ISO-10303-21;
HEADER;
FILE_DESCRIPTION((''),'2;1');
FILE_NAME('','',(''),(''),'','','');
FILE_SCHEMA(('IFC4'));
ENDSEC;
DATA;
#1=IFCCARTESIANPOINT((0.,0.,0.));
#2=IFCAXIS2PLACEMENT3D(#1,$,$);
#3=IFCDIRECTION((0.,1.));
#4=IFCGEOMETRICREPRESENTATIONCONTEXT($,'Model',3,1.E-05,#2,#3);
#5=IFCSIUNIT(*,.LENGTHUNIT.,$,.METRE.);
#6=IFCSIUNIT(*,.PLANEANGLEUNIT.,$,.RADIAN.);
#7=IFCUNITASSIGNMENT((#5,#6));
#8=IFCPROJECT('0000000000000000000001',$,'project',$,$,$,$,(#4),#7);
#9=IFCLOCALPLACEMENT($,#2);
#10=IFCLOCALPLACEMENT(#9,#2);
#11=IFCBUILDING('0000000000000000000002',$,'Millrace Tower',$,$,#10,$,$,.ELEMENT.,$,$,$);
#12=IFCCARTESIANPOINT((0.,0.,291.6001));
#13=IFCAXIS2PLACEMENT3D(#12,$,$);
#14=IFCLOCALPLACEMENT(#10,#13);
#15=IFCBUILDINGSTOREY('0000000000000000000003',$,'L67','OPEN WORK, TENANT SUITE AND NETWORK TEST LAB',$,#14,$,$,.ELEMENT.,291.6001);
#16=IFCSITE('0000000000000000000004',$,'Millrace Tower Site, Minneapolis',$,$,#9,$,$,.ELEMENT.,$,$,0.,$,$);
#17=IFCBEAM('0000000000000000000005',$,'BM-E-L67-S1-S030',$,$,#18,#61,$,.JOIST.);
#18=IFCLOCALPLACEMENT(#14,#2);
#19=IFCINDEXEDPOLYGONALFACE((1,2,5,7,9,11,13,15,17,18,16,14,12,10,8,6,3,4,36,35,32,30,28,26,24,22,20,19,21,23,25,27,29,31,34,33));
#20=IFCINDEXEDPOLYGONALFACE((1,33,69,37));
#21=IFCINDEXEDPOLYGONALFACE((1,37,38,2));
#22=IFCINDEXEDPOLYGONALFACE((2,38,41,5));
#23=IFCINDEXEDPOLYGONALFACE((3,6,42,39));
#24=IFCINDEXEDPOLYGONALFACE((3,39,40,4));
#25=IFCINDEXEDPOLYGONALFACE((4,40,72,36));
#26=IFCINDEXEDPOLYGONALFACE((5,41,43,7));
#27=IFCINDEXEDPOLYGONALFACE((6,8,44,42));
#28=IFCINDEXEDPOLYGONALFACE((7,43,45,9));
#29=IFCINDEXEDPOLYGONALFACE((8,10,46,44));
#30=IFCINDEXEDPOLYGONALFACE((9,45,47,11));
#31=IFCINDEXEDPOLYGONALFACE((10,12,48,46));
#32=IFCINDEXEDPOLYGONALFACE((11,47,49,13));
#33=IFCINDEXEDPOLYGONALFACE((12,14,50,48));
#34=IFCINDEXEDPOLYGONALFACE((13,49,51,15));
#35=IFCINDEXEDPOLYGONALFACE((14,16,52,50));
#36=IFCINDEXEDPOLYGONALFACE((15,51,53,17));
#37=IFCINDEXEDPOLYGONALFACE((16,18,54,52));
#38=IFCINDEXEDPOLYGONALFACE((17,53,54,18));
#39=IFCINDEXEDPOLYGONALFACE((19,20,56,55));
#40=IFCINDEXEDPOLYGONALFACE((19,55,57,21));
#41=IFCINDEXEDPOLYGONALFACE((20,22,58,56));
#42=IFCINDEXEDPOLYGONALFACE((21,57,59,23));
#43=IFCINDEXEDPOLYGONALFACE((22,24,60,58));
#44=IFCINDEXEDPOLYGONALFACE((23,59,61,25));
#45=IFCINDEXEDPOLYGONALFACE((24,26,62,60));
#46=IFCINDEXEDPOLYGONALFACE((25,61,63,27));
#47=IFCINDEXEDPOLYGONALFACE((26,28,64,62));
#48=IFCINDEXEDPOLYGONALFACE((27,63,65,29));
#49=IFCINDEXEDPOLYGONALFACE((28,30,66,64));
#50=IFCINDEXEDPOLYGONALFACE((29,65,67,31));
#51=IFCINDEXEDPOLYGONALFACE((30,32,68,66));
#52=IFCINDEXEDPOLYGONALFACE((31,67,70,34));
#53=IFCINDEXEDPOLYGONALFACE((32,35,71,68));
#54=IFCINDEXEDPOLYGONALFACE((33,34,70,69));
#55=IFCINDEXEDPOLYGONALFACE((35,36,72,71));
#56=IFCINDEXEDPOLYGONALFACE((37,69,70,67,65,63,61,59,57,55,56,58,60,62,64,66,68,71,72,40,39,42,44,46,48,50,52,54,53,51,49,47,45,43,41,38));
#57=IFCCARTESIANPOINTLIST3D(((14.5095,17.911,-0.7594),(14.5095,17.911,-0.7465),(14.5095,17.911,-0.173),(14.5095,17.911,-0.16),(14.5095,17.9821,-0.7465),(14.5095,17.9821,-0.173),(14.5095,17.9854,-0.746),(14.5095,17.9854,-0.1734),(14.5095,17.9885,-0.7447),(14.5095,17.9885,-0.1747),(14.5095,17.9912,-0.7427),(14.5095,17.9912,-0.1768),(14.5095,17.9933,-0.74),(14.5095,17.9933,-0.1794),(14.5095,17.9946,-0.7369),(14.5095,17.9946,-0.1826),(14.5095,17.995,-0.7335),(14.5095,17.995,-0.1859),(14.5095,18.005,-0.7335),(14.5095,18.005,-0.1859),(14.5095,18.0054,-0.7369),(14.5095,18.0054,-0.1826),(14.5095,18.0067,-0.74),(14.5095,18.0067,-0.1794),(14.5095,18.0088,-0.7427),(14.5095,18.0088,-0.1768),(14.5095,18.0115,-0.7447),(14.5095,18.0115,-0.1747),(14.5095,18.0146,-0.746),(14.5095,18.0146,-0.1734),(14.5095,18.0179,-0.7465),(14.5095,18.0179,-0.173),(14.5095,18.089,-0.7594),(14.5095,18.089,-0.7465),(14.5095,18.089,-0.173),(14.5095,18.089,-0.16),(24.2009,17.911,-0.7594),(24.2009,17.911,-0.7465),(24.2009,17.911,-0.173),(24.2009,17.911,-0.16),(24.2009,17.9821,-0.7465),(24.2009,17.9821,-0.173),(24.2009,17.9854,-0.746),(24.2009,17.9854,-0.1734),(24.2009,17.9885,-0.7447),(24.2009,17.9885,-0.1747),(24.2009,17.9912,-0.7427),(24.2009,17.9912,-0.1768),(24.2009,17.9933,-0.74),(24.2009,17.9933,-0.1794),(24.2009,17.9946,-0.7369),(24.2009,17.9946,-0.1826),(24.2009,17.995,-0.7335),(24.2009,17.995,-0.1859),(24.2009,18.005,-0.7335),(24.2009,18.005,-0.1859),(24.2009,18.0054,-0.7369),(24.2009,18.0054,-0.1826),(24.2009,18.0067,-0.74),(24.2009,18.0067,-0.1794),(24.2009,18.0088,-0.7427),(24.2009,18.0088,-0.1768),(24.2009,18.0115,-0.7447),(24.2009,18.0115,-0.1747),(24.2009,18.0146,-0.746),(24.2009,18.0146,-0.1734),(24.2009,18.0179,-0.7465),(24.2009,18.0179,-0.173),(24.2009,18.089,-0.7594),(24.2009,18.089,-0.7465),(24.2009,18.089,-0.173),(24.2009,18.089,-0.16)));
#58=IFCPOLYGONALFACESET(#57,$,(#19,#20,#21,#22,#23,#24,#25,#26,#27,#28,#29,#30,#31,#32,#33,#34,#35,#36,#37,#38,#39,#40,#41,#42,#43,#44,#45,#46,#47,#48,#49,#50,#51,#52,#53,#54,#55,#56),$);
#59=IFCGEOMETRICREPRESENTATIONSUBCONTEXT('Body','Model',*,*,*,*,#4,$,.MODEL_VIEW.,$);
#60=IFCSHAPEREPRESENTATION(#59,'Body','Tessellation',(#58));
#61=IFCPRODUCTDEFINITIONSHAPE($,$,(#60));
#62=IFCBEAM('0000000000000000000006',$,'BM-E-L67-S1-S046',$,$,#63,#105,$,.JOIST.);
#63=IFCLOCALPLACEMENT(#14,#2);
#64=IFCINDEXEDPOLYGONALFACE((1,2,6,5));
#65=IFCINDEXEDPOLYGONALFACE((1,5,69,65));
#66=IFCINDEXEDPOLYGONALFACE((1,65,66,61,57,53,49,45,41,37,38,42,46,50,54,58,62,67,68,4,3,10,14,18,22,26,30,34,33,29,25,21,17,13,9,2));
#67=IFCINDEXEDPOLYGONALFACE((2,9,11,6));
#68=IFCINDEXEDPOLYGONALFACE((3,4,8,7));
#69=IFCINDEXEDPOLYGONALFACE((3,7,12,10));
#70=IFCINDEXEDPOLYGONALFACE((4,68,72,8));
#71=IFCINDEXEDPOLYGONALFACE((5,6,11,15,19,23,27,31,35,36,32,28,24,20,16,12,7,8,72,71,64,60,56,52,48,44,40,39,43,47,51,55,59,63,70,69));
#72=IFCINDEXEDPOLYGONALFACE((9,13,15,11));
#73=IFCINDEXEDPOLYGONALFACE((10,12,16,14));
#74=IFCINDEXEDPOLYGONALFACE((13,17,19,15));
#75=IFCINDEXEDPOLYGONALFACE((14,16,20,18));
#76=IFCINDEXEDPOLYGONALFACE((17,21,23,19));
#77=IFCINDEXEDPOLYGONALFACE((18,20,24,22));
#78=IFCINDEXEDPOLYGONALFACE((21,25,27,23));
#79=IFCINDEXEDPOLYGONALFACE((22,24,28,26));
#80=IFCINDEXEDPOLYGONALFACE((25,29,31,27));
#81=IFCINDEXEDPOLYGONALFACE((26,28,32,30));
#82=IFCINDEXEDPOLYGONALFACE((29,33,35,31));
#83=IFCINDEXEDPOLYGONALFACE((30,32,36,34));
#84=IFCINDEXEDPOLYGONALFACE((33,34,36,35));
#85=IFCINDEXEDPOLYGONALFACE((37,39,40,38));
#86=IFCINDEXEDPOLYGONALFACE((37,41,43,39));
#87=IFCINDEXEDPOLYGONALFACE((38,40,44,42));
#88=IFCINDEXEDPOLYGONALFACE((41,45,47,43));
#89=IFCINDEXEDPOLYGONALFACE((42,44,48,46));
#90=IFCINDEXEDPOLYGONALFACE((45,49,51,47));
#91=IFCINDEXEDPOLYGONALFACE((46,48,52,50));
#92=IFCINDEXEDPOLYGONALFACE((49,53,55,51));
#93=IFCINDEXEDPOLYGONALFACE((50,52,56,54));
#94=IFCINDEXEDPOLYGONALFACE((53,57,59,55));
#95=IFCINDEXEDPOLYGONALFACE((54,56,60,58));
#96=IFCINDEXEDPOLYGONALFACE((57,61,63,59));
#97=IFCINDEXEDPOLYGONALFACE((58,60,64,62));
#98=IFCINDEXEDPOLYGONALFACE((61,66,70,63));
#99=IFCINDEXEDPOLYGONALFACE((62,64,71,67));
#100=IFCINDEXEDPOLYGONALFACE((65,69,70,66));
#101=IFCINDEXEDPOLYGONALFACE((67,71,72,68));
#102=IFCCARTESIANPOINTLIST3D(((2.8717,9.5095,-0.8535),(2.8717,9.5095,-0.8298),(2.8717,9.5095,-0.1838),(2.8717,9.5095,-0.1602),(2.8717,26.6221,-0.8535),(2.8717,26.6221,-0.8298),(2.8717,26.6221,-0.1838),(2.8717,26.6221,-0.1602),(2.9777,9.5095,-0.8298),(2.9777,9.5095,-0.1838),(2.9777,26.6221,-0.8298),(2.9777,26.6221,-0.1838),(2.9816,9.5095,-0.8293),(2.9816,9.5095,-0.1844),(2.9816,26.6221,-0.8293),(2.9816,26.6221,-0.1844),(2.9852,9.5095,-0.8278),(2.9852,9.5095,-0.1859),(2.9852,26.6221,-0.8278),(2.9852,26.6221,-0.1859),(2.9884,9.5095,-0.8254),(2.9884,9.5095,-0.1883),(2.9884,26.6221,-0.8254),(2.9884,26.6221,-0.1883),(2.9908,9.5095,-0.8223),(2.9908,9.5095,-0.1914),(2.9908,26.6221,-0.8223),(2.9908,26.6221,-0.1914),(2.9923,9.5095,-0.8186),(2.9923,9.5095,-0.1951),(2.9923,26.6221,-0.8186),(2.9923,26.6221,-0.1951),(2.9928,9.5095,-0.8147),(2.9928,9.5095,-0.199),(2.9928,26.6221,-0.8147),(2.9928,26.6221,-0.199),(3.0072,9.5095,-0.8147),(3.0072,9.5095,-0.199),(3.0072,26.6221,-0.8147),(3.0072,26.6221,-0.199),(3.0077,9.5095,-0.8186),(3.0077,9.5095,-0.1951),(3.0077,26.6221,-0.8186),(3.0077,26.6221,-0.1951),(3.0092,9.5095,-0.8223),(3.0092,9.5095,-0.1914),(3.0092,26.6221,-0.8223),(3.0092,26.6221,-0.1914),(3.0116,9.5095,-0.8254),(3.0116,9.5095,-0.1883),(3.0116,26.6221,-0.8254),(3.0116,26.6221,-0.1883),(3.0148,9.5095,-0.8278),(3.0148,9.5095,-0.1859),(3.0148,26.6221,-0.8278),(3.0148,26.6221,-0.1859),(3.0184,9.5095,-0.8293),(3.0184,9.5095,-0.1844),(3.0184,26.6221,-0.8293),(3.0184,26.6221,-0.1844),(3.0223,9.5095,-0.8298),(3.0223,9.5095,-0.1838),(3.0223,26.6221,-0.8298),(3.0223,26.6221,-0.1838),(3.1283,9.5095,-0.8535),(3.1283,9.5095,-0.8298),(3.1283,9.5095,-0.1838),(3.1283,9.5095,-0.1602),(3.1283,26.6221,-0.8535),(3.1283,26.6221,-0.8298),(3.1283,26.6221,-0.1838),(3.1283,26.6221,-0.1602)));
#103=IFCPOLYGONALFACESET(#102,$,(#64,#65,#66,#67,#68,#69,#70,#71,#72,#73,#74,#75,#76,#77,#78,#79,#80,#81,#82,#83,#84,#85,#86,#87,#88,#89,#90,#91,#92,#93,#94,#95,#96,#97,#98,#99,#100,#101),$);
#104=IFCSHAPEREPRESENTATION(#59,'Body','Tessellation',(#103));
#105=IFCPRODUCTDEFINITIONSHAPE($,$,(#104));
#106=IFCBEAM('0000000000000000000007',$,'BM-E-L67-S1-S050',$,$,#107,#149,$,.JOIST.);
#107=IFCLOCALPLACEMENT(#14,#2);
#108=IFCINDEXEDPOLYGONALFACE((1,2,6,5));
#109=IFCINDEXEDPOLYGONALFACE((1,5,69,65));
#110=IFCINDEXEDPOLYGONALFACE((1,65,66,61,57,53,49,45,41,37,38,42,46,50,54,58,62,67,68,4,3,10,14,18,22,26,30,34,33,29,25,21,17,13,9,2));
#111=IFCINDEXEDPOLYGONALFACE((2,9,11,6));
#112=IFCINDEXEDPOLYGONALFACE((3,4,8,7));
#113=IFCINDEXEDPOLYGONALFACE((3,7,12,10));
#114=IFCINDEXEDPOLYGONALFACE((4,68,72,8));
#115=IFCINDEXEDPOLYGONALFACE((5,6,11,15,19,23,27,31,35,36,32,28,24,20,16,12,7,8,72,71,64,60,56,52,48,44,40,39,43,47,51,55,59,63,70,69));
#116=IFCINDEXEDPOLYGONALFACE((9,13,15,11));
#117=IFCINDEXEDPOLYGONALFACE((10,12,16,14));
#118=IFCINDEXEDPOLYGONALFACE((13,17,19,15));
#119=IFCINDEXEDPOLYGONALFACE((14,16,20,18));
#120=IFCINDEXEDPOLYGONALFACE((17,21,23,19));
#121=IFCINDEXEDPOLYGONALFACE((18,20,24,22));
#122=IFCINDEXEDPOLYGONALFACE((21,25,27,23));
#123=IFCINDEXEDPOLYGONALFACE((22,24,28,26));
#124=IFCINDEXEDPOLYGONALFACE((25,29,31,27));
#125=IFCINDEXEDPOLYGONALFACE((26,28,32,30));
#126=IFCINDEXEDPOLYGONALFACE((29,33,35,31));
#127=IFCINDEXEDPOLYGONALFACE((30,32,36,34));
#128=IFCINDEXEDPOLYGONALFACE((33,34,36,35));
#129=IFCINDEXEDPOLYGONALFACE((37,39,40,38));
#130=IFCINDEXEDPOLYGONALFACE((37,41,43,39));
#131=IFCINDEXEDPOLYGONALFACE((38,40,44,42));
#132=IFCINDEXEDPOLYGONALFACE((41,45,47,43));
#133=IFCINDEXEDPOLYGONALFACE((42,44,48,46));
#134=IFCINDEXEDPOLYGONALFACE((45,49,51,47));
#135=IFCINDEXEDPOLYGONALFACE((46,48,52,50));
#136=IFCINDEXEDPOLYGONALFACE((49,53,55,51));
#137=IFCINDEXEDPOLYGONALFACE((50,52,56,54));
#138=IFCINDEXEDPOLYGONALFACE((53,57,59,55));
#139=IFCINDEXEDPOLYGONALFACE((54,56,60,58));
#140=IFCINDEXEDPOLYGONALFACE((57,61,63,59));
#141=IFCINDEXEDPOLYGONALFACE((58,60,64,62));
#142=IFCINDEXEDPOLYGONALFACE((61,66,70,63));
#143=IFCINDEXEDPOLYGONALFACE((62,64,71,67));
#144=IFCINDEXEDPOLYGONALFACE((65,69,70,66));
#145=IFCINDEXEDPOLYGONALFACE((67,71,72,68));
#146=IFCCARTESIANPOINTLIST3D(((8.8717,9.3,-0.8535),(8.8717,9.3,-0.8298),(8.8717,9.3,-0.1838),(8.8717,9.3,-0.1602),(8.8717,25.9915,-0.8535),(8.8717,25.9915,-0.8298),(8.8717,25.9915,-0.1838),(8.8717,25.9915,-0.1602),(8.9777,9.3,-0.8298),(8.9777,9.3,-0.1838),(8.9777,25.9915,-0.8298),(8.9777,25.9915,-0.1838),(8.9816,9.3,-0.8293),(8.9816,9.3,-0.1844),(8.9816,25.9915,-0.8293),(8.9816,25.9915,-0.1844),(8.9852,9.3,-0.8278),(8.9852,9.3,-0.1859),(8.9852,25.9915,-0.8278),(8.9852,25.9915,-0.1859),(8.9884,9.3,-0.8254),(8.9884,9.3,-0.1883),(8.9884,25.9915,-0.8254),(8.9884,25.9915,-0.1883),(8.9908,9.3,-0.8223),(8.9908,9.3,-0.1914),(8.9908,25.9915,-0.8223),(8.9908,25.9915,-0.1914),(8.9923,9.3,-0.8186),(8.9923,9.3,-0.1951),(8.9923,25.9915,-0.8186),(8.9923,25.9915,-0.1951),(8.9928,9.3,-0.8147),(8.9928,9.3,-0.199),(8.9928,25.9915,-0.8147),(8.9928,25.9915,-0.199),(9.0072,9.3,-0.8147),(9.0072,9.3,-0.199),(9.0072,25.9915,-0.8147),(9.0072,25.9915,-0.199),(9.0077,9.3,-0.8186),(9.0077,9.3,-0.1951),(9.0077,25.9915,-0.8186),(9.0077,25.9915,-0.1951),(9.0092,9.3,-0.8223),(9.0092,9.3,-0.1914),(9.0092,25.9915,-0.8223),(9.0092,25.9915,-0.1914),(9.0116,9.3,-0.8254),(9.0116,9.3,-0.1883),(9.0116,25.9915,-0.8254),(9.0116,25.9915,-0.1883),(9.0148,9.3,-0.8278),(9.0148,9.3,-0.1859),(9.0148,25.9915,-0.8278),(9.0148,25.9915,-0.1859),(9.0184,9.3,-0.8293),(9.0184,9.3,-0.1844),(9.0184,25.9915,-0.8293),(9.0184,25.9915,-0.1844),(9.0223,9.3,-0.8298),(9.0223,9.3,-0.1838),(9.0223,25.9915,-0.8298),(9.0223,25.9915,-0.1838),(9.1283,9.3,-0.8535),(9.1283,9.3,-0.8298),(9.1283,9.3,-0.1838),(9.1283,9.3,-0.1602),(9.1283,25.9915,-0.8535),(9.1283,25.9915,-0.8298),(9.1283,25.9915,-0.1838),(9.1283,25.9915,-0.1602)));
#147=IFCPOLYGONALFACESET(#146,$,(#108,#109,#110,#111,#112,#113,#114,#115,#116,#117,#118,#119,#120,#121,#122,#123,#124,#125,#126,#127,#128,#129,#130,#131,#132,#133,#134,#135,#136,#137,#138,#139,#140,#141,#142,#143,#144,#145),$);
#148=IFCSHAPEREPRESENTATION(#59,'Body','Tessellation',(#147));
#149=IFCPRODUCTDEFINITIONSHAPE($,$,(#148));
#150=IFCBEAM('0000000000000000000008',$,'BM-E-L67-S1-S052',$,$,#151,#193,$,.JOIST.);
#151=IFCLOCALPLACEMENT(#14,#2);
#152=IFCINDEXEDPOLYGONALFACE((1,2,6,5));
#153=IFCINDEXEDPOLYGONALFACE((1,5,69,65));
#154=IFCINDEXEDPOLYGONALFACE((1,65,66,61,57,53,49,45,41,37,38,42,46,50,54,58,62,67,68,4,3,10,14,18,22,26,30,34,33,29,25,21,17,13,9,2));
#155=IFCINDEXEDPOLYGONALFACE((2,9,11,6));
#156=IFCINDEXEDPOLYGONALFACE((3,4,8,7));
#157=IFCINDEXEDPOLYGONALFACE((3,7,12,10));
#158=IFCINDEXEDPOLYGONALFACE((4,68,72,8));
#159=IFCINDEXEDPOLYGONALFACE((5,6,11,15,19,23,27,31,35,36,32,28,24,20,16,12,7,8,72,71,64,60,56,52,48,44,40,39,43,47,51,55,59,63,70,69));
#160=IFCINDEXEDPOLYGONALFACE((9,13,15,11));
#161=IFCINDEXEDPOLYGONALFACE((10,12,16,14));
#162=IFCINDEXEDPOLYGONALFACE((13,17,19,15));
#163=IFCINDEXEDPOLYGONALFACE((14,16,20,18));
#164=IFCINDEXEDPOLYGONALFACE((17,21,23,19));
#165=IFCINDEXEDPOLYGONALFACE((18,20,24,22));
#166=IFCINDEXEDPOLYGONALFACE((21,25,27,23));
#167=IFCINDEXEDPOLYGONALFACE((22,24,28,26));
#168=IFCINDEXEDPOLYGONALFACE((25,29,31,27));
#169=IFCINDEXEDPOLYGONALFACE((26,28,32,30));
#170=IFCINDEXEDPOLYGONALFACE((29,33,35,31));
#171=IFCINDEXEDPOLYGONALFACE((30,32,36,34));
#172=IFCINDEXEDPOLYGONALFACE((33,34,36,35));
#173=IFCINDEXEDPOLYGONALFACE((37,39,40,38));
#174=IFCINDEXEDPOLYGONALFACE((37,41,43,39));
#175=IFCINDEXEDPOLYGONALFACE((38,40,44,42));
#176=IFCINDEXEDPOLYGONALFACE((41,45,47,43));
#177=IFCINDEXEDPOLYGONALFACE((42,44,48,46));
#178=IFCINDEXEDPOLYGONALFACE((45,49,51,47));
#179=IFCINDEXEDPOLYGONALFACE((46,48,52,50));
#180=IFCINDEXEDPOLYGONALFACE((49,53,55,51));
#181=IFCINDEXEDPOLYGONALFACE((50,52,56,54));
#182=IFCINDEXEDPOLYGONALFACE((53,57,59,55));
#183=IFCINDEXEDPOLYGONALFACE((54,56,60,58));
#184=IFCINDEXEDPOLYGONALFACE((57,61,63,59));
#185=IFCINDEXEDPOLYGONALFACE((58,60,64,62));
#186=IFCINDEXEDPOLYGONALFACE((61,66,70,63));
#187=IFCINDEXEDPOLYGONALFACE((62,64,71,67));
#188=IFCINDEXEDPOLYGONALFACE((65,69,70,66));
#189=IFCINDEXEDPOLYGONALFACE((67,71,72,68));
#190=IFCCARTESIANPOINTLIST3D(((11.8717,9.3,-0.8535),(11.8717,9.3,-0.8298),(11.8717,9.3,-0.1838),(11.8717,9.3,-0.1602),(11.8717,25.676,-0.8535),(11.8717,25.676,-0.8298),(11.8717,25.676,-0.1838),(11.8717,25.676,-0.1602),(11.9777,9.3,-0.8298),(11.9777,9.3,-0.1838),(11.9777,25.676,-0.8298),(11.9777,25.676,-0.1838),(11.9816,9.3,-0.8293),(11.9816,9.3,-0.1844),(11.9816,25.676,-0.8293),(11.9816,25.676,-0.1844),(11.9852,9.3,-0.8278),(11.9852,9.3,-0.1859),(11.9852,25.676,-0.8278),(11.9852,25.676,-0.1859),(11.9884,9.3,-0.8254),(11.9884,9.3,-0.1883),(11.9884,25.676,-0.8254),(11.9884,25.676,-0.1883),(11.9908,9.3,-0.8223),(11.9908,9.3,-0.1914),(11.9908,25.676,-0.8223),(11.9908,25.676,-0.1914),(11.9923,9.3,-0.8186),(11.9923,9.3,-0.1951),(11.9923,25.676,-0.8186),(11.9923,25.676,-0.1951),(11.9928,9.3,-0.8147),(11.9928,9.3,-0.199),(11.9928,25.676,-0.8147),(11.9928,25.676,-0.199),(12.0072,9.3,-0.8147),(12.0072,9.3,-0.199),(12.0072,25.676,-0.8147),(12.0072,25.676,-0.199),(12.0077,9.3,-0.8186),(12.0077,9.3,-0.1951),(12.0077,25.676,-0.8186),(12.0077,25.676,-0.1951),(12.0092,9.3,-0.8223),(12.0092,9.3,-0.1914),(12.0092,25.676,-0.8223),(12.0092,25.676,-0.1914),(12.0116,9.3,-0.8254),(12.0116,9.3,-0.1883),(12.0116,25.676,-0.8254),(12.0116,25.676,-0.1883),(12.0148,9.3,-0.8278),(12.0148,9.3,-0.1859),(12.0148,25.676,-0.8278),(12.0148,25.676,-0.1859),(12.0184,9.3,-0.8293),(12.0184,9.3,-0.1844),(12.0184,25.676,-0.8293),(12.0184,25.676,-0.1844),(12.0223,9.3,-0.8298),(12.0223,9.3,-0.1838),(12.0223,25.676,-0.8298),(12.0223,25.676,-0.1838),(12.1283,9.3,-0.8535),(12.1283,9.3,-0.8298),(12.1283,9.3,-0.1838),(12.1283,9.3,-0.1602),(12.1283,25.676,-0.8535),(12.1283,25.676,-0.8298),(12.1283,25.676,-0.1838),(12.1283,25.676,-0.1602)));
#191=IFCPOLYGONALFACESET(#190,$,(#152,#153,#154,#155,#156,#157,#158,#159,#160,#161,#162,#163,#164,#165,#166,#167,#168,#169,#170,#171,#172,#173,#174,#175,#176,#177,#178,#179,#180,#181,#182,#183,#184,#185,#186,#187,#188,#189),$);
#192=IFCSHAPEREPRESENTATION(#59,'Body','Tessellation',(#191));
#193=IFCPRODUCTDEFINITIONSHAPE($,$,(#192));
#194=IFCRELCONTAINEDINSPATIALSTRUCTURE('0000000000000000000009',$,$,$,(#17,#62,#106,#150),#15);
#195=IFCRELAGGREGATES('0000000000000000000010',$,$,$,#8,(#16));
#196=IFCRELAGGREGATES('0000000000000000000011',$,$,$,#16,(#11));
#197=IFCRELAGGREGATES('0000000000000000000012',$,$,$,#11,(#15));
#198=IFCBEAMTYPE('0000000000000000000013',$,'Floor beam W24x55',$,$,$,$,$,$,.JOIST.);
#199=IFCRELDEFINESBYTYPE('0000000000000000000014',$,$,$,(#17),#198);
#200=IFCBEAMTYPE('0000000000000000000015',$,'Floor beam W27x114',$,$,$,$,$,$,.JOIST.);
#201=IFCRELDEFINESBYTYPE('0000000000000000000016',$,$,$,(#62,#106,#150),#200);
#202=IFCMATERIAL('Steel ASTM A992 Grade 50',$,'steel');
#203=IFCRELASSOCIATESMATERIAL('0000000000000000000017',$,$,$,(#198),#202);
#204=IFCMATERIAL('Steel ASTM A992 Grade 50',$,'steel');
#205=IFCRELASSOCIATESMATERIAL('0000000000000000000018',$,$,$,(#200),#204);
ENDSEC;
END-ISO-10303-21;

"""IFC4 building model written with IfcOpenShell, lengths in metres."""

from ifc_helpers import new_model, si_unit, direction, frame, origin, origin_2d, place, context, subcontext, project, spatial, i_section, extrude, material, material_profile, profile_set, type_object, element, save


model = new_model("IFC4")

# Units and contexts
model_context = context("Model", 3, precision=1e-05, world=origin(), true_north=direction((0.0, 1.0)))
body_context = subcontext(model_context, "Body", "Model", "MODEL_VIEW")
ifc_project = project(units=[si_unit("LENGTHUNIT", "METRE"), si_unit("PLANEANGLEUNIT", "RADIAN")], contexts=[model_context])

# Site, building, storey
site_placement = place(None, origin())
site = spatial("IfcSite", under=ifc_project, at=site_placement, Name="Millrace Tower Site, Minneapolis", CompositionType="ELEMENT", RefElevation=0.0)
building_placement = place(site_placement, origin())
building = spatial("IfcBuilding", under=site, at=building_placement, Name="Millrace Tower", CompositionType="ELEMENT")
storey_placement = place(building_placement, frame((0.0, 0.0, 291.6001)))
storey = spatial("IfcBuildingStorey", under=building, at=storey_placement, Name="L67", Description="OPEN WORK, TENANT SUITE AND NETWORK TEST LAB", CompositionType="ELEMENT", Elevation=291.6001)

# Beams
ifc_material_1 = material(Name="Steel ASTM A992 Grade 50", Category="steel")
ifc_material_profile_1 = material_profile(ifc_material_1, i_section(OverallWidth=0.178, OverallDepth=0.5994, WebThickness=0.01, FlangeThickness=0.0129, FilletRadius=0.0129, at=origin_2d()))
ifc_profile_set_1 = profile_set([ifc_material_profile_1], Name="Steel ASTM A992 Grade 50")
beam_type_1 = type_object("IfcBeamType", Name="Floor beam W24x55", PredefinedType="JOIST", material=ifc_profile_set_1)
beam_1_placement = place(storey_placement, frame((14.5095, 18.0, -0.4597), z_axis=(1.0, 0.0, 0.0), x_axis=(0.0, 1.0, 0.0)))
element("IfcBeam", 1, at=beam_1_placement, inside=storey, type_object=beam_type_1, Name="BM-E-L67-S1-S030", PredefinedType="JOIST", context=body_context, shape_type="SweptSolid", body=[
    extrude(i_section(OverallWidth=0.178, OverallDepth=0.5994, WebThickness=0.01, FlangeThickness=0.0129, FilletRadius=0.0129, at=origin_2d()), origin(), (0.0, 0.0, 1.0), 9.6914),
])
ifc_material_2 = material(Name="Steel ASTM A992 Grade 50", Category="steel")
ifc_material_profile_2 = material_profile(ifc_material_2, i_section(OverallWidth=0.2566, OverallDepth=0.6934, WebThickness=0.0144, FlangeThickness=0.0237, FilletRadius=0.0151, at=origin_2d()))
ifc_profile_set_2 = profile_set([ifc_material_profile_2], Name="Steel ASTM A992 Grade 50")
beam_type_2 = type_object("IfcBeamType", Name="Floor beam W27x114", PredefinedType="JOIST", material=ifc_profile_set_2)
beam_2_placement = place(storey_placement, frame((3.0, 9.5095, -0.5068), z_axis=(0.0, 1.0, 0.0), x_axis=(-1.0, 0.0, 0.0)))
element("IfcBeam", 2, at=beam_2_placement, inside=storey, type_object=beam_type_2, Name="BM-E-L67-S1-S046", PredefinedType="JOIST", context=body_context, shape_type="SweptSolid", body=[
    extrude(i_section(OverallWidth=0.2566, OverallDepth=0.6934, WebThickness=0.0144, FlangeThickness=0.0237, FilletRadius=0.0151, at=origin_2d()), origin(), (0.0, 0.0, 1.0), 17.1125),
])
beam_3_placement = place(storey_placement, frame((9.0, 9.3, -0.5068), z_axis=(0.0, 1.0, 0.0), x_axis=(-1.0, 0.0, 0.0)))
element("IfcBeam", 3, at=beam_3_placement, inside=storey, type_object=beam_type_2, Name="BM-E-L67-S1-S050", PredefinedType="JOIST", context=body_context, shape_type="SweptSolid", body=[
    extrude(i_section(OverallWidth=0.2566, OverallDepth=0.6934, WebThickness=0.0144, FlangeThickness=0.0237, FilletRadius=0.0151, at=origin_2d()), origin(), (0.0, 0.0, 1.0), 16.6914),
])
beam_4_placement = place(storey_placement, frame((12.0, 9.3, -0.5068), z_axis=(0.0, 1.0, 0.0), x_axis=(-1.0, 0.0, 0.0)))
element("IfcBeam", 4, at=beam_4_placement, inside=storey, type_object=beam_type_2, Name="BM-E-L67-S1-S052", PredefinedType="JOIST", context=body_context, shape_type="SweptSolid", body=[
    extrude(i_section(OverallWidth=0.2566, OverallDepth=0.6934, WebThickness=0.0144, FlangeThickness=0.0237, FilletRadius=0.0151, at=origin_2d()), origin(), (0.0, 0.0, 1.0), 16.376),
])

save(model, "model.ifc")
